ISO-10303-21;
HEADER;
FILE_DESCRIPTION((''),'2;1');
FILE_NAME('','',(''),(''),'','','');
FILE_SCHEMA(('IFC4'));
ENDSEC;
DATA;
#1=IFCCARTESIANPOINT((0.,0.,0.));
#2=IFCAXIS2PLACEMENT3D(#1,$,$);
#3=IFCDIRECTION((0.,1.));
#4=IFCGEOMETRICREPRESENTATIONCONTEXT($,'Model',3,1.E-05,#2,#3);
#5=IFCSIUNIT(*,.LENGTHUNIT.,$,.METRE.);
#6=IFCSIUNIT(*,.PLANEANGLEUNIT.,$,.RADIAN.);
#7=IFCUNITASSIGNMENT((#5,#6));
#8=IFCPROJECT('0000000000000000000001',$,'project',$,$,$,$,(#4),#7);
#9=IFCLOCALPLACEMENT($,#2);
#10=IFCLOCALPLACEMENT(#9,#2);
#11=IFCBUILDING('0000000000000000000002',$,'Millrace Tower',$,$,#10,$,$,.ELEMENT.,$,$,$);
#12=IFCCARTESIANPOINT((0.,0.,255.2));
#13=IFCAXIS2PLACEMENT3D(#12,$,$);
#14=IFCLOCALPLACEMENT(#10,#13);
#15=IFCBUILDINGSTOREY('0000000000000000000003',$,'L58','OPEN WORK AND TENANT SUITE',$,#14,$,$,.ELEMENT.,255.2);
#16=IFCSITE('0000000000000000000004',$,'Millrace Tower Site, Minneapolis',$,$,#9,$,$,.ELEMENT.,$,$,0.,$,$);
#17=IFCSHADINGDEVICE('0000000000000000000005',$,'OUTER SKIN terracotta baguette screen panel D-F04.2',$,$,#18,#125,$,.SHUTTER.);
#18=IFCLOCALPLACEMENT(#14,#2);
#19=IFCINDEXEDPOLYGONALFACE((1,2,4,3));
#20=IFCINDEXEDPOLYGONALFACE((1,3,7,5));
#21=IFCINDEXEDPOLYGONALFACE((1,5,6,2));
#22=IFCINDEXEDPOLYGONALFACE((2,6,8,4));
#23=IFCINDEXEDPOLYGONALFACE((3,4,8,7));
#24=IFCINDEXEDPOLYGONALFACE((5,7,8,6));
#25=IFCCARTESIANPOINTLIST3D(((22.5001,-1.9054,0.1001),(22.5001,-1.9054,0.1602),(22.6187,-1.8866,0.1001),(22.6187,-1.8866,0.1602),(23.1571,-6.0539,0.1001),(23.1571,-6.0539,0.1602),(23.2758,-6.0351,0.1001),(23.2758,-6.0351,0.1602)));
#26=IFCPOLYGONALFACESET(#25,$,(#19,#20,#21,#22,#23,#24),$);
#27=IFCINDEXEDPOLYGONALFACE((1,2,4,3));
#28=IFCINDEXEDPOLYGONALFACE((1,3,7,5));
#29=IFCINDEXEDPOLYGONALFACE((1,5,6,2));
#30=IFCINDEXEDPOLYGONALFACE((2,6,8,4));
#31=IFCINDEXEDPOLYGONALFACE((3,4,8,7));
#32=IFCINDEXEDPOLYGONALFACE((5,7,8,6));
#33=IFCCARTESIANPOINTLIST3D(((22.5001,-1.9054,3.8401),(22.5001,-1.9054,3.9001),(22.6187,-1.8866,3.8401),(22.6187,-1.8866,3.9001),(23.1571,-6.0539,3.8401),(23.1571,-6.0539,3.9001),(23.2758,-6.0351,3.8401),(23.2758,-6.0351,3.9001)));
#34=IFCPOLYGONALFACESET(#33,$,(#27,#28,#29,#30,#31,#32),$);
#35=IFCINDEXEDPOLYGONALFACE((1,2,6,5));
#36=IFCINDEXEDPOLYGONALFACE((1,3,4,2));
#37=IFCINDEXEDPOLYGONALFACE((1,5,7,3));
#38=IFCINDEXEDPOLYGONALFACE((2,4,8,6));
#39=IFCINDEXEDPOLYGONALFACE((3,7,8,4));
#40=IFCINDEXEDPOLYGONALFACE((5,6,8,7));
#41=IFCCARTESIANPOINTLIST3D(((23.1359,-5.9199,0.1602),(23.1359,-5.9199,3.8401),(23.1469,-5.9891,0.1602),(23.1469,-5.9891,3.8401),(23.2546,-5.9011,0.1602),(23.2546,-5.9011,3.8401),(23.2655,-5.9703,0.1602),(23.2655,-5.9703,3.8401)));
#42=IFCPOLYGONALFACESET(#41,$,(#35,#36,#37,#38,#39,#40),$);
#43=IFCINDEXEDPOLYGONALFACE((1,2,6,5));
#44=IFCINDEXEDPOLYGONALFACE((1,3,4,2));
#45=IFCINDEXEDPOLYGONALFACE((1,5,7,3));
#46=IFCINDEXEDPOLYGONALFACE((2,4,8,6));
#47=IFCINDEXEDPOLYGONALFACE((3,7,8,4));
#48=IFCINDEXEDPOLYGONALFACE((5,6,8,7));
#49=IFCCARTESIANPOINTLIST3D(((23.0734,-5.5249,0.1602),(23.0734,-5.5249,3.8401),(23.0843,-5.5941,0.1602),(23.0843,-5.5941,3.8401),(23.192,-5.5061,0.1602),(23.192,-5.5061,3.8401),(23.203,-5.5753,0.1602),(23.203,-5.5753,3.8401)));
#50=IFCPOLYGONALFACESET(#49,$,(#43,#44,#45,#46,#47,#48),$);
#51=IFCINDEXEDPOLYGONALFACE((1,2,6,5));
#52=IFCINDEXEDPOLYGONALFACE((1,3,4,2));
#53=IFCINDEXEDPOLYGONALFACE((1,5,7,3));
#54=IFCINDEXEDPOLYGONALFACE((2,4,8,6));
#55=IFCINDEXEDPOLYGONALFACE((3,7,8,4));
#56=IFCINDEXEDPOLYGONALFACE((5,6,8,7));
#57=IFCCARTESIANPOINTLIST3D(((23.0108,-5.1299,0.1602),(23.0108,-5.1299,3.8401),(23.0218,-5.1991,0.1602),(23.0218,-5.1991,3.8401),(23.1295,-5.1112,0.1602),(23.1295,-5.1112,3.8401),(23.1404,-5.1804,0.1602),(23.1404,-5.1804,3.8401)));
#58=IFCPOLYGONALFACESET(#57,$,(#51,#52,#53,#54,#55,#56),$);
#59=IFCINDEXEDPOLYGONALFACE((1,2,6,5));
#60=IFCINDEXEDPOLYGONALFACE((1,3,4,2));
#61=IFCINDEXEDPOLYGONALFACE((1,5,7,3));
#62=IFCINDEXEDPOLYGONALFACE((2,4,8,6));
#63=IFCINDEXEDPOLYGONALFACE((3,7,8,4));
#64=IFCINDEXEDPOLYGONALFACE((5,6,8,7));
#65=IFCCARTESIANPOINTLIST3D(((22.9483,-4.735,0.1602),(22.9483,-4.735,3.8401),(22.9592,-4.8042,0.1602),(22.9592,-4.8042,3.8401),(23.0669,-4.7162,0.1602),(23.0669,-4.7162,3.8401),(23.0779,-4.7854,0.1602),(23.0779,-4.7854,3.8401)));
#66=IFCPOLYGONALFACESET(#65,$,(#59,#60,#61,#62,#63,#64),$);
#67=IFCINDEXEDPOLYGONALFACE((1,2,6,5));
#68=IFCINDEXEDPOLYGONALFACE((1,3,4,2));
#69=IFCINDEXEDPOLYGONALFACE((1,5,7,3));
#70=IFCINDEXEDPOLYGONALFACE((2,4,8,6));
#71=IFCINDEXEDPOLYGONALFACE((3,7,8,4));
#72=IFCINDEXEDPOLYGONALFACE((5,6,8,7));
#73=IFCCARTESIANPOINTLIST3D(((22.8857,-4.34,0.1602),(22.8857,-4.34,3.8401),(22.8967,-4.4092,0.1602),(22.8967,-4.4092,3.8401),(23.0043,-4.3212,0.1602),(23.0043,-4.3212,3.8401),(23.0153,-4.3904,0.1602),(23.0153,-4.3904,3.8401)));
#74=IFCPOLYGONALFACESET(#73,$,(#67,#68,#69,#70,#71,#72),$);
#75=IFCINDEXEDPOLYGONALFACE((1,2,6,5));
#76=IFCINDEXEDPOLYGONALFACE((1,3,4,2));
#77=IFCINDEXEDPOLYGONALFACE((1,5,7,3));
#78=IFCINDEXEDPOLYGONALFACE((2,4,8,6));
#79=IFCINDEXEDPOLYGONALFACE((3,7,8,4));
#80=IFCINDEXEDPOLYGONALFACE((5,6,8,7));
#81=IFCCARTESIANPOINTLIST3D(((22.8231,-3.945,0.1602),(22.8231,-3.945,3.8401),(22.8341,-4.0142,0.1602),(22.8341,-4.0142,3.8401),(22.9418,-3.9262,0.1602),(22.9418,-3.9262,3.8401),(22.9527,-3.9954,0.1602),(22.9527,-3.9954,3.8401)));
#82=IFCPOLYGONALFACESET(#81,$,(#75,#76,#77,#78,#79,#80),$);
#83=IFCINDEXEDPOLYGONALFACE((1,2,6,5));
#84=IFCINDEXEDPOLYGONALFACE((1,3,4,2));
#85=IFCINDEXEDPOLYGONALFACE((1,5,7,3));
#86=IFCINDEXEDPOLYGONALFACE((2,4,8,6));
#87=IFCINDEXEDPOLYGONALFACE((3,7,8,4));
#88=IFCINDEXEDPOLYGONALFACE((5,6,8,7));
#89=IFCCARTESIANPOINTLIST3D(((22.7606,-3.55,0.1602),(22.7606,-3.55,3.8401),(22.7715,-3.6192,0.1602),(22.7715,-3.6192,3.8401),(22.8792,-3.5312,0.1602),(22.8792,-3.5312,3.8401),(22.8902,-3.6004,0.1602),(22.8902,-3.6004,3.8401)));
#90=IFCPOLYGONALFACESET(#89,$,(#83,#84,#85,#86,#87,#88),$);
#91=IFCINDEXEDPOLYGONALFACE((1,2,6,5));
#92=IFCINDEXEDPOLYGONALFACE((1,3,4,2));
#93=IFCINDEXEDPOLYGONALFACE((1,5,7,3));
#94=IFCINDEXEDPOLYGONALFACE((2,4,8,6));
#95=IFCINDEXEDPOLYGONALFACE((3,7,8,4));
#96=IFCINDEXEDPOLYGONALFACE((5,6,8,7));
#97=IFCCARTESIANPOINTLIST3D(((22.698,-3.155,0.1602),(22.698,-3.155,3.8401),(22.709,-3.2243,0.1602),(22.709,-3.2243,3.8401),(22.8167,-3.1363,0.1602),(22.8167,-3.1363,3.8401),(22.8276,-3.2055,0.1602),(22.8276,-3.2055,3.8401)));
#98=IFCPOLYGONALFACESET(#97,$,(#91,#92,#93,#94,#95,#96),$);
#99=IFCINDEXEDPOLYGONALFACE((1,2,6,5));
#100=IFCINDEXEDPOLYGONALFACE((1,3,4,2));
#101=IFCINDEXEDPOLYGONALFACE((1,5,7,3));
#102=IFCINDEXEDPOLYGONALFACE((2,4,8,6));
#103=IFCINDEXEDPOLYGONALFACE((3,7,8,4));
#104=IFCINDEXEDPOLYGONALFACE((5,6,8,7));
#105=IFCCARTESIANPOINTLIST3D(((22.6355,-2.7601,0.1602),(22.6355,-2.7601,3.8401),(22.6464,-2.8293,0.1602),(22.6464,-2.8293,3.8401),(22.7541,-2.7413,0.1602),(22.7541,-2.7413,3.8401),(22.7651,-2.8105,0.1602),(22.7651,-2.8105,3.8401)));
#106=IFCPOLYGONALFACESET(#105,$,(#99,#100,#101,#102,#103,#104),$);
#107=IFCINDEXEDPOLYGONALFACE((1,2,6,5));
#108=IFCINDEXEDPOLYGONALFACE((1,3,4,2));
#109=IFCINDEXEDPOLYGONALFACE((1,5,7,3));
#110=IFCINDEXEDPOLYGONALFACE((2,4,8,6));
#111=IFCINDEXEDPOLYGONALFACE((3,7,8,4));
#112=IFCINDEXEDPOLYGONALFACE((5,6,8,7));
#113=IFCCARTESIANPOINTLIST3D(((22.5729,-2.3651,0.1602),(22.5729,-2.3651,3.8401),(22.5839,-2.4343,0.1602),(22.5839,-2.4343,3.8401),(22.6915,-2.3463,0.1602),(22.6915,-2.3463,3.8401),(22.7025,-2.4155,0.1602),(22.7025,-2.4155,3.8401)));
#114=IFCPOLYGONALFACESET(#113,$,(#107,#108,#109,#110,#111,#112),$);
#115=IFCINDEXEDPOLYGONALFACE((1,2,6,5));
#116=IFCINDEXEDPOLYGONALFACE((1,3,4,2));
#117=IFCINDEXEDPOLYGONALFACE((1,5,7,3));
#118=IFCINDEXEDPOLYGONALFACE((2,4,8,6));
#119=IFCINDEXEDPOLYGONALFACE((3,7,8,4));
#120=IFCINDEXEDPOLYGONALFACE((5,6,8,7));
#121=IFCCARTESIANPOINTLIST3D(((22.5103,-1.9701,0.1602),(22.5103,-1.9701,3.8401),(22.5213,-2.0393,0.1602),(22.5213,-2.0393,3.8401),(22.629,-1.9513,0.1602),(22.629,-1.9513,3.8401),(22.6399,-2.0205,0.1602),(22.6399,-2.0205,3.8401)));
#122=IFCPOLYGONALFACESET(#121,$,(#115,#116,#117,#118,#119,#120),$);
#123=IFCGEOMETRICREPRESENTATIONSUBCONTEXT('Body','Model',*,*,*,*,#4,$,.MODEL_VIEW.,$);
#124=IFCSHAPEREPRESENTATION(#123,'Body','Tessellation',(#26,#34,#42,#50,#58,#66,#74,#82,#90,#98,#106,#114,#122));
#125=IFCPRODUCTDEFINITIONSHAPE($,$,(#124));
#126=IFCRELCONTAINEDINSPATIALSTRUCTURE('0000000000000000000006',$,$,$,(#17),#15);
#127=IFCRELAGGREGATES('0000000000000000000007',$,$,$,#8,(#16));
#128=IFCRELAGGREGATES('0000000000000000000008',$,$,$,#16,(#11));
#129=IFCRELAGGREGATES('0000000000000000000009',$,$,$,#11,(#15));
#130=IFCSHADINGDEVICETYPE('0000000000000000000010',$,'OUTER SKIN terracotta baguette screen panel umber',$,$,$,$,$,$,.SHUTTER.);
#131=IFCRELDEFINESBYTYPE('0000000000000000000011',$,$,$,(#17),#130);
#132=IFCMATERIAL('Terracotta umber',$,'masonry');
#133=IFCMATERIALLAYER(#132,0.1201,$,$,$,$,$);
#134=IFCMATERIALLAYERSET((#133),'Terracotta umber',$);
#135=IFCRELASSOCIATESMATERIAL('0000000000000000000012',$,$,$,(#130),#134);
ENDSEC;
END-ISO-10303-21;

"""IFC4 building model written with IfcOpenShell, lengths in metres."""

from ifc_helpers import new_model, entity, si_unit, direction, frame, frame_2d, origin, origin_2d, place, context, subcontext, project, spatial, rectangle, extrude, source, transform, mapped, material, layer, layer_set, type_object, element, save


model = new_model("IFC4")

# Units and contexts
model_context = context("Model", 3, precision=1e-05, world=origin(), true_north=direction((0.0, 1.0)))
body_context = subcontext(model_context, "Body", "Model", "MODEL_VIEW")
ifc_project = project(units=[si_unit("LENGTHUNIT", "METRE"), si_unit("PLANEANGLEUNIT", "RADIAN")], contexts=[model_context])

# Site, building, storey
site_placement = place(None, origin())
site = spatial("IfcSite", under=ifc_project, at=site_placement, Name="Millrace Tower Site, Minneapolis", CompositionType="ELEMENT", RefElevation=0.0)
building_placement = place(site_placement, origin())
building = spatial("IfcBuilding", under=site, at=building_placement, Name="Millrace Tower", CompositionType="ELEMENT")
storey_placement = place(building_placement, frame((0.0, 0.0, 255.2)))
storey = spatial("IfcBuildingStorey", under=building, at=storey_placement, Name="L58", Description="OPEN WORK AND TENANT SUITE", CompositionType="ELEMENT", Elevation=255.2)

# Shading device
ifc_material_1 = material(Name="Terracotta umber", Category="masonry")
ifc_layer_1 = layer(ifc_material_1, 0.1201)
ifc_layer_set_1 = layer_set([ifc_layer_1], Name="Terracotta umber")
shading_device_type = type_object("IfcShadingDeviceType", Name="OUTER SKIN terracotta baguette screen panel umber", PredefinedType="SHUTTER", material=ifc_layer_set_1)
cartesian_point_1 = entity("IfcCartesianPoint", [-2.1001, 0.0601])
shared_polyline_1 = entity("IfcPolyline", [cartesian_point_1, entity("IfcCartesianPoint", [2.1001, 0.0601]), entity("IfcCartesianPoint", [2.1001, -0.0601]), entity("IfcCartesianPoint", [-2.1001, -0.0601]), cartesian_point_1])
shared_shape_1 = source(origin(), body_context, "Body", "SweptSolid", [
    entity("IfcExtrudedAreaSolid", entity("IfcArbitraryClosedProfileDef", "AREA", None, shared_polyline_1), entity("IfcAxis2Placement3D", entity("IfcCartesianPoint", [0.0, 0.0, 0.0])), entity("IfcDirection", [0.0, 0.0, 1.0]), 0.0601),
    entity("IfcExtrudedAreaSolid", entity("IfcArbitraryClosedProfileDef", "AREA", None, shared_polyline_1), entity("IfcAxis2Placement3D", entity("IfcCartesianPoint", [0.0, 0.0, 3.74])), entity("IfcDirection", [0.0, 0.0, 1.0]), 0.0601),
    extrude(rectangle(XDim=0.0701, YDim=0.1201, at=frame_2d((-1.9995, 0.0))), frame((0.0, 0.0, 0.0601)), (0.0, 0.0, 1.0), 3.6799),
    extrude(rectangle(XDim=0.0701, YDim=0.1201, at=frame_2d((-1.5996, 0.0))), frame((0.0, 0.0, 0.0601)), (0.0, 0.0, 1.0), 3.6799),
    extrude(rectangle(XDim=0.0701, YDim=0.1201, at=frame_2d((-1.1997, 0.0))), frame((0.0, 0.0, 0.0601)), (0.0, 0.0, 1.0), 3.6799),
    extrude(rectangle(XDim=0.0701, YDim=0.1201, at=frame_2d((-0.7998, 0.0))), frame((0.0, 0.0, 0.0601)), (0.0, 0.0, 1.0), 3.6799),
    extrude(rectangle(XDim=0.0701, YDim=0.1201, at=frame_2d((-0.3999, 0.0))), frame((0.0, 0.0, 0.0601)), (0.0, 0.0, 1.0), 3.6799),
    extrude(rectangle(XDim=0.0701, YDim=0.1201, at=origin_2d()), frame((0.0, 0.0, 0.0601)), (0.0, 0.0, 1.0), 3.6799),
    extrude(rectangle(XDim=0.0701, YDim=0.1201, at=frame_2d((0.3999, 0.0))), frame((0.0, 0.0, 0.0601)), (0.0, 0.0, 1.0), 3.6799),
    extrude(rectangle(XDim=0.0701, YDim=0.1201, at=frame_2d((0.7998, 0.0))), frame((0.0, 0.0, 0.0601)), (0.0, 0.0, 1.0), 3.6799),
    extrude(rectangle(XDim=0.0701, YDim=0.1201, at=frame_2d((1.1997, 0.0))), frame((0.0, 0.0, 0.0601)), (0.0, 0.0, 1.0), 3.6799),
    extrude(rectangle(XDim=0.0701, YDim=0.1201, at=frame_2d((1.5996, 0.0))), frame((0.0, 0.0, 0.0601)), (0.0, 0.0, 1.0), 3.6799),
    extrude(rectangle(XDim=0.0701, YDim=0.1201, at=frame_2d((1.9995, 0.0))), frame((0.0, 0.0, 0.0601)), (0.0, 0.0, 1.0), 3.6799),
])
shading_device_1_placement = place(storey_placement, frame((22.8879, -3.9702, 0.1001), z_axis=(0.0, 0.0, 1.0), x_axis=(-0.156434, 0.987688, 0.0)))
element("IfcShadingDevice", 1, at=shading_device_1_placement, inside=storey, type_object=shading_device_type, Name="OUTER SKIN terracotta baguette screen panel D-F04.2", PredefinedType="SHUTTER", context=body_context, shape_type="MappedRepresentation", body=[
    mapped(shared_shape_1, transform((0.0, 0.0, 0.0), scale=1.0)),
])

save(model, "model.ifc")
